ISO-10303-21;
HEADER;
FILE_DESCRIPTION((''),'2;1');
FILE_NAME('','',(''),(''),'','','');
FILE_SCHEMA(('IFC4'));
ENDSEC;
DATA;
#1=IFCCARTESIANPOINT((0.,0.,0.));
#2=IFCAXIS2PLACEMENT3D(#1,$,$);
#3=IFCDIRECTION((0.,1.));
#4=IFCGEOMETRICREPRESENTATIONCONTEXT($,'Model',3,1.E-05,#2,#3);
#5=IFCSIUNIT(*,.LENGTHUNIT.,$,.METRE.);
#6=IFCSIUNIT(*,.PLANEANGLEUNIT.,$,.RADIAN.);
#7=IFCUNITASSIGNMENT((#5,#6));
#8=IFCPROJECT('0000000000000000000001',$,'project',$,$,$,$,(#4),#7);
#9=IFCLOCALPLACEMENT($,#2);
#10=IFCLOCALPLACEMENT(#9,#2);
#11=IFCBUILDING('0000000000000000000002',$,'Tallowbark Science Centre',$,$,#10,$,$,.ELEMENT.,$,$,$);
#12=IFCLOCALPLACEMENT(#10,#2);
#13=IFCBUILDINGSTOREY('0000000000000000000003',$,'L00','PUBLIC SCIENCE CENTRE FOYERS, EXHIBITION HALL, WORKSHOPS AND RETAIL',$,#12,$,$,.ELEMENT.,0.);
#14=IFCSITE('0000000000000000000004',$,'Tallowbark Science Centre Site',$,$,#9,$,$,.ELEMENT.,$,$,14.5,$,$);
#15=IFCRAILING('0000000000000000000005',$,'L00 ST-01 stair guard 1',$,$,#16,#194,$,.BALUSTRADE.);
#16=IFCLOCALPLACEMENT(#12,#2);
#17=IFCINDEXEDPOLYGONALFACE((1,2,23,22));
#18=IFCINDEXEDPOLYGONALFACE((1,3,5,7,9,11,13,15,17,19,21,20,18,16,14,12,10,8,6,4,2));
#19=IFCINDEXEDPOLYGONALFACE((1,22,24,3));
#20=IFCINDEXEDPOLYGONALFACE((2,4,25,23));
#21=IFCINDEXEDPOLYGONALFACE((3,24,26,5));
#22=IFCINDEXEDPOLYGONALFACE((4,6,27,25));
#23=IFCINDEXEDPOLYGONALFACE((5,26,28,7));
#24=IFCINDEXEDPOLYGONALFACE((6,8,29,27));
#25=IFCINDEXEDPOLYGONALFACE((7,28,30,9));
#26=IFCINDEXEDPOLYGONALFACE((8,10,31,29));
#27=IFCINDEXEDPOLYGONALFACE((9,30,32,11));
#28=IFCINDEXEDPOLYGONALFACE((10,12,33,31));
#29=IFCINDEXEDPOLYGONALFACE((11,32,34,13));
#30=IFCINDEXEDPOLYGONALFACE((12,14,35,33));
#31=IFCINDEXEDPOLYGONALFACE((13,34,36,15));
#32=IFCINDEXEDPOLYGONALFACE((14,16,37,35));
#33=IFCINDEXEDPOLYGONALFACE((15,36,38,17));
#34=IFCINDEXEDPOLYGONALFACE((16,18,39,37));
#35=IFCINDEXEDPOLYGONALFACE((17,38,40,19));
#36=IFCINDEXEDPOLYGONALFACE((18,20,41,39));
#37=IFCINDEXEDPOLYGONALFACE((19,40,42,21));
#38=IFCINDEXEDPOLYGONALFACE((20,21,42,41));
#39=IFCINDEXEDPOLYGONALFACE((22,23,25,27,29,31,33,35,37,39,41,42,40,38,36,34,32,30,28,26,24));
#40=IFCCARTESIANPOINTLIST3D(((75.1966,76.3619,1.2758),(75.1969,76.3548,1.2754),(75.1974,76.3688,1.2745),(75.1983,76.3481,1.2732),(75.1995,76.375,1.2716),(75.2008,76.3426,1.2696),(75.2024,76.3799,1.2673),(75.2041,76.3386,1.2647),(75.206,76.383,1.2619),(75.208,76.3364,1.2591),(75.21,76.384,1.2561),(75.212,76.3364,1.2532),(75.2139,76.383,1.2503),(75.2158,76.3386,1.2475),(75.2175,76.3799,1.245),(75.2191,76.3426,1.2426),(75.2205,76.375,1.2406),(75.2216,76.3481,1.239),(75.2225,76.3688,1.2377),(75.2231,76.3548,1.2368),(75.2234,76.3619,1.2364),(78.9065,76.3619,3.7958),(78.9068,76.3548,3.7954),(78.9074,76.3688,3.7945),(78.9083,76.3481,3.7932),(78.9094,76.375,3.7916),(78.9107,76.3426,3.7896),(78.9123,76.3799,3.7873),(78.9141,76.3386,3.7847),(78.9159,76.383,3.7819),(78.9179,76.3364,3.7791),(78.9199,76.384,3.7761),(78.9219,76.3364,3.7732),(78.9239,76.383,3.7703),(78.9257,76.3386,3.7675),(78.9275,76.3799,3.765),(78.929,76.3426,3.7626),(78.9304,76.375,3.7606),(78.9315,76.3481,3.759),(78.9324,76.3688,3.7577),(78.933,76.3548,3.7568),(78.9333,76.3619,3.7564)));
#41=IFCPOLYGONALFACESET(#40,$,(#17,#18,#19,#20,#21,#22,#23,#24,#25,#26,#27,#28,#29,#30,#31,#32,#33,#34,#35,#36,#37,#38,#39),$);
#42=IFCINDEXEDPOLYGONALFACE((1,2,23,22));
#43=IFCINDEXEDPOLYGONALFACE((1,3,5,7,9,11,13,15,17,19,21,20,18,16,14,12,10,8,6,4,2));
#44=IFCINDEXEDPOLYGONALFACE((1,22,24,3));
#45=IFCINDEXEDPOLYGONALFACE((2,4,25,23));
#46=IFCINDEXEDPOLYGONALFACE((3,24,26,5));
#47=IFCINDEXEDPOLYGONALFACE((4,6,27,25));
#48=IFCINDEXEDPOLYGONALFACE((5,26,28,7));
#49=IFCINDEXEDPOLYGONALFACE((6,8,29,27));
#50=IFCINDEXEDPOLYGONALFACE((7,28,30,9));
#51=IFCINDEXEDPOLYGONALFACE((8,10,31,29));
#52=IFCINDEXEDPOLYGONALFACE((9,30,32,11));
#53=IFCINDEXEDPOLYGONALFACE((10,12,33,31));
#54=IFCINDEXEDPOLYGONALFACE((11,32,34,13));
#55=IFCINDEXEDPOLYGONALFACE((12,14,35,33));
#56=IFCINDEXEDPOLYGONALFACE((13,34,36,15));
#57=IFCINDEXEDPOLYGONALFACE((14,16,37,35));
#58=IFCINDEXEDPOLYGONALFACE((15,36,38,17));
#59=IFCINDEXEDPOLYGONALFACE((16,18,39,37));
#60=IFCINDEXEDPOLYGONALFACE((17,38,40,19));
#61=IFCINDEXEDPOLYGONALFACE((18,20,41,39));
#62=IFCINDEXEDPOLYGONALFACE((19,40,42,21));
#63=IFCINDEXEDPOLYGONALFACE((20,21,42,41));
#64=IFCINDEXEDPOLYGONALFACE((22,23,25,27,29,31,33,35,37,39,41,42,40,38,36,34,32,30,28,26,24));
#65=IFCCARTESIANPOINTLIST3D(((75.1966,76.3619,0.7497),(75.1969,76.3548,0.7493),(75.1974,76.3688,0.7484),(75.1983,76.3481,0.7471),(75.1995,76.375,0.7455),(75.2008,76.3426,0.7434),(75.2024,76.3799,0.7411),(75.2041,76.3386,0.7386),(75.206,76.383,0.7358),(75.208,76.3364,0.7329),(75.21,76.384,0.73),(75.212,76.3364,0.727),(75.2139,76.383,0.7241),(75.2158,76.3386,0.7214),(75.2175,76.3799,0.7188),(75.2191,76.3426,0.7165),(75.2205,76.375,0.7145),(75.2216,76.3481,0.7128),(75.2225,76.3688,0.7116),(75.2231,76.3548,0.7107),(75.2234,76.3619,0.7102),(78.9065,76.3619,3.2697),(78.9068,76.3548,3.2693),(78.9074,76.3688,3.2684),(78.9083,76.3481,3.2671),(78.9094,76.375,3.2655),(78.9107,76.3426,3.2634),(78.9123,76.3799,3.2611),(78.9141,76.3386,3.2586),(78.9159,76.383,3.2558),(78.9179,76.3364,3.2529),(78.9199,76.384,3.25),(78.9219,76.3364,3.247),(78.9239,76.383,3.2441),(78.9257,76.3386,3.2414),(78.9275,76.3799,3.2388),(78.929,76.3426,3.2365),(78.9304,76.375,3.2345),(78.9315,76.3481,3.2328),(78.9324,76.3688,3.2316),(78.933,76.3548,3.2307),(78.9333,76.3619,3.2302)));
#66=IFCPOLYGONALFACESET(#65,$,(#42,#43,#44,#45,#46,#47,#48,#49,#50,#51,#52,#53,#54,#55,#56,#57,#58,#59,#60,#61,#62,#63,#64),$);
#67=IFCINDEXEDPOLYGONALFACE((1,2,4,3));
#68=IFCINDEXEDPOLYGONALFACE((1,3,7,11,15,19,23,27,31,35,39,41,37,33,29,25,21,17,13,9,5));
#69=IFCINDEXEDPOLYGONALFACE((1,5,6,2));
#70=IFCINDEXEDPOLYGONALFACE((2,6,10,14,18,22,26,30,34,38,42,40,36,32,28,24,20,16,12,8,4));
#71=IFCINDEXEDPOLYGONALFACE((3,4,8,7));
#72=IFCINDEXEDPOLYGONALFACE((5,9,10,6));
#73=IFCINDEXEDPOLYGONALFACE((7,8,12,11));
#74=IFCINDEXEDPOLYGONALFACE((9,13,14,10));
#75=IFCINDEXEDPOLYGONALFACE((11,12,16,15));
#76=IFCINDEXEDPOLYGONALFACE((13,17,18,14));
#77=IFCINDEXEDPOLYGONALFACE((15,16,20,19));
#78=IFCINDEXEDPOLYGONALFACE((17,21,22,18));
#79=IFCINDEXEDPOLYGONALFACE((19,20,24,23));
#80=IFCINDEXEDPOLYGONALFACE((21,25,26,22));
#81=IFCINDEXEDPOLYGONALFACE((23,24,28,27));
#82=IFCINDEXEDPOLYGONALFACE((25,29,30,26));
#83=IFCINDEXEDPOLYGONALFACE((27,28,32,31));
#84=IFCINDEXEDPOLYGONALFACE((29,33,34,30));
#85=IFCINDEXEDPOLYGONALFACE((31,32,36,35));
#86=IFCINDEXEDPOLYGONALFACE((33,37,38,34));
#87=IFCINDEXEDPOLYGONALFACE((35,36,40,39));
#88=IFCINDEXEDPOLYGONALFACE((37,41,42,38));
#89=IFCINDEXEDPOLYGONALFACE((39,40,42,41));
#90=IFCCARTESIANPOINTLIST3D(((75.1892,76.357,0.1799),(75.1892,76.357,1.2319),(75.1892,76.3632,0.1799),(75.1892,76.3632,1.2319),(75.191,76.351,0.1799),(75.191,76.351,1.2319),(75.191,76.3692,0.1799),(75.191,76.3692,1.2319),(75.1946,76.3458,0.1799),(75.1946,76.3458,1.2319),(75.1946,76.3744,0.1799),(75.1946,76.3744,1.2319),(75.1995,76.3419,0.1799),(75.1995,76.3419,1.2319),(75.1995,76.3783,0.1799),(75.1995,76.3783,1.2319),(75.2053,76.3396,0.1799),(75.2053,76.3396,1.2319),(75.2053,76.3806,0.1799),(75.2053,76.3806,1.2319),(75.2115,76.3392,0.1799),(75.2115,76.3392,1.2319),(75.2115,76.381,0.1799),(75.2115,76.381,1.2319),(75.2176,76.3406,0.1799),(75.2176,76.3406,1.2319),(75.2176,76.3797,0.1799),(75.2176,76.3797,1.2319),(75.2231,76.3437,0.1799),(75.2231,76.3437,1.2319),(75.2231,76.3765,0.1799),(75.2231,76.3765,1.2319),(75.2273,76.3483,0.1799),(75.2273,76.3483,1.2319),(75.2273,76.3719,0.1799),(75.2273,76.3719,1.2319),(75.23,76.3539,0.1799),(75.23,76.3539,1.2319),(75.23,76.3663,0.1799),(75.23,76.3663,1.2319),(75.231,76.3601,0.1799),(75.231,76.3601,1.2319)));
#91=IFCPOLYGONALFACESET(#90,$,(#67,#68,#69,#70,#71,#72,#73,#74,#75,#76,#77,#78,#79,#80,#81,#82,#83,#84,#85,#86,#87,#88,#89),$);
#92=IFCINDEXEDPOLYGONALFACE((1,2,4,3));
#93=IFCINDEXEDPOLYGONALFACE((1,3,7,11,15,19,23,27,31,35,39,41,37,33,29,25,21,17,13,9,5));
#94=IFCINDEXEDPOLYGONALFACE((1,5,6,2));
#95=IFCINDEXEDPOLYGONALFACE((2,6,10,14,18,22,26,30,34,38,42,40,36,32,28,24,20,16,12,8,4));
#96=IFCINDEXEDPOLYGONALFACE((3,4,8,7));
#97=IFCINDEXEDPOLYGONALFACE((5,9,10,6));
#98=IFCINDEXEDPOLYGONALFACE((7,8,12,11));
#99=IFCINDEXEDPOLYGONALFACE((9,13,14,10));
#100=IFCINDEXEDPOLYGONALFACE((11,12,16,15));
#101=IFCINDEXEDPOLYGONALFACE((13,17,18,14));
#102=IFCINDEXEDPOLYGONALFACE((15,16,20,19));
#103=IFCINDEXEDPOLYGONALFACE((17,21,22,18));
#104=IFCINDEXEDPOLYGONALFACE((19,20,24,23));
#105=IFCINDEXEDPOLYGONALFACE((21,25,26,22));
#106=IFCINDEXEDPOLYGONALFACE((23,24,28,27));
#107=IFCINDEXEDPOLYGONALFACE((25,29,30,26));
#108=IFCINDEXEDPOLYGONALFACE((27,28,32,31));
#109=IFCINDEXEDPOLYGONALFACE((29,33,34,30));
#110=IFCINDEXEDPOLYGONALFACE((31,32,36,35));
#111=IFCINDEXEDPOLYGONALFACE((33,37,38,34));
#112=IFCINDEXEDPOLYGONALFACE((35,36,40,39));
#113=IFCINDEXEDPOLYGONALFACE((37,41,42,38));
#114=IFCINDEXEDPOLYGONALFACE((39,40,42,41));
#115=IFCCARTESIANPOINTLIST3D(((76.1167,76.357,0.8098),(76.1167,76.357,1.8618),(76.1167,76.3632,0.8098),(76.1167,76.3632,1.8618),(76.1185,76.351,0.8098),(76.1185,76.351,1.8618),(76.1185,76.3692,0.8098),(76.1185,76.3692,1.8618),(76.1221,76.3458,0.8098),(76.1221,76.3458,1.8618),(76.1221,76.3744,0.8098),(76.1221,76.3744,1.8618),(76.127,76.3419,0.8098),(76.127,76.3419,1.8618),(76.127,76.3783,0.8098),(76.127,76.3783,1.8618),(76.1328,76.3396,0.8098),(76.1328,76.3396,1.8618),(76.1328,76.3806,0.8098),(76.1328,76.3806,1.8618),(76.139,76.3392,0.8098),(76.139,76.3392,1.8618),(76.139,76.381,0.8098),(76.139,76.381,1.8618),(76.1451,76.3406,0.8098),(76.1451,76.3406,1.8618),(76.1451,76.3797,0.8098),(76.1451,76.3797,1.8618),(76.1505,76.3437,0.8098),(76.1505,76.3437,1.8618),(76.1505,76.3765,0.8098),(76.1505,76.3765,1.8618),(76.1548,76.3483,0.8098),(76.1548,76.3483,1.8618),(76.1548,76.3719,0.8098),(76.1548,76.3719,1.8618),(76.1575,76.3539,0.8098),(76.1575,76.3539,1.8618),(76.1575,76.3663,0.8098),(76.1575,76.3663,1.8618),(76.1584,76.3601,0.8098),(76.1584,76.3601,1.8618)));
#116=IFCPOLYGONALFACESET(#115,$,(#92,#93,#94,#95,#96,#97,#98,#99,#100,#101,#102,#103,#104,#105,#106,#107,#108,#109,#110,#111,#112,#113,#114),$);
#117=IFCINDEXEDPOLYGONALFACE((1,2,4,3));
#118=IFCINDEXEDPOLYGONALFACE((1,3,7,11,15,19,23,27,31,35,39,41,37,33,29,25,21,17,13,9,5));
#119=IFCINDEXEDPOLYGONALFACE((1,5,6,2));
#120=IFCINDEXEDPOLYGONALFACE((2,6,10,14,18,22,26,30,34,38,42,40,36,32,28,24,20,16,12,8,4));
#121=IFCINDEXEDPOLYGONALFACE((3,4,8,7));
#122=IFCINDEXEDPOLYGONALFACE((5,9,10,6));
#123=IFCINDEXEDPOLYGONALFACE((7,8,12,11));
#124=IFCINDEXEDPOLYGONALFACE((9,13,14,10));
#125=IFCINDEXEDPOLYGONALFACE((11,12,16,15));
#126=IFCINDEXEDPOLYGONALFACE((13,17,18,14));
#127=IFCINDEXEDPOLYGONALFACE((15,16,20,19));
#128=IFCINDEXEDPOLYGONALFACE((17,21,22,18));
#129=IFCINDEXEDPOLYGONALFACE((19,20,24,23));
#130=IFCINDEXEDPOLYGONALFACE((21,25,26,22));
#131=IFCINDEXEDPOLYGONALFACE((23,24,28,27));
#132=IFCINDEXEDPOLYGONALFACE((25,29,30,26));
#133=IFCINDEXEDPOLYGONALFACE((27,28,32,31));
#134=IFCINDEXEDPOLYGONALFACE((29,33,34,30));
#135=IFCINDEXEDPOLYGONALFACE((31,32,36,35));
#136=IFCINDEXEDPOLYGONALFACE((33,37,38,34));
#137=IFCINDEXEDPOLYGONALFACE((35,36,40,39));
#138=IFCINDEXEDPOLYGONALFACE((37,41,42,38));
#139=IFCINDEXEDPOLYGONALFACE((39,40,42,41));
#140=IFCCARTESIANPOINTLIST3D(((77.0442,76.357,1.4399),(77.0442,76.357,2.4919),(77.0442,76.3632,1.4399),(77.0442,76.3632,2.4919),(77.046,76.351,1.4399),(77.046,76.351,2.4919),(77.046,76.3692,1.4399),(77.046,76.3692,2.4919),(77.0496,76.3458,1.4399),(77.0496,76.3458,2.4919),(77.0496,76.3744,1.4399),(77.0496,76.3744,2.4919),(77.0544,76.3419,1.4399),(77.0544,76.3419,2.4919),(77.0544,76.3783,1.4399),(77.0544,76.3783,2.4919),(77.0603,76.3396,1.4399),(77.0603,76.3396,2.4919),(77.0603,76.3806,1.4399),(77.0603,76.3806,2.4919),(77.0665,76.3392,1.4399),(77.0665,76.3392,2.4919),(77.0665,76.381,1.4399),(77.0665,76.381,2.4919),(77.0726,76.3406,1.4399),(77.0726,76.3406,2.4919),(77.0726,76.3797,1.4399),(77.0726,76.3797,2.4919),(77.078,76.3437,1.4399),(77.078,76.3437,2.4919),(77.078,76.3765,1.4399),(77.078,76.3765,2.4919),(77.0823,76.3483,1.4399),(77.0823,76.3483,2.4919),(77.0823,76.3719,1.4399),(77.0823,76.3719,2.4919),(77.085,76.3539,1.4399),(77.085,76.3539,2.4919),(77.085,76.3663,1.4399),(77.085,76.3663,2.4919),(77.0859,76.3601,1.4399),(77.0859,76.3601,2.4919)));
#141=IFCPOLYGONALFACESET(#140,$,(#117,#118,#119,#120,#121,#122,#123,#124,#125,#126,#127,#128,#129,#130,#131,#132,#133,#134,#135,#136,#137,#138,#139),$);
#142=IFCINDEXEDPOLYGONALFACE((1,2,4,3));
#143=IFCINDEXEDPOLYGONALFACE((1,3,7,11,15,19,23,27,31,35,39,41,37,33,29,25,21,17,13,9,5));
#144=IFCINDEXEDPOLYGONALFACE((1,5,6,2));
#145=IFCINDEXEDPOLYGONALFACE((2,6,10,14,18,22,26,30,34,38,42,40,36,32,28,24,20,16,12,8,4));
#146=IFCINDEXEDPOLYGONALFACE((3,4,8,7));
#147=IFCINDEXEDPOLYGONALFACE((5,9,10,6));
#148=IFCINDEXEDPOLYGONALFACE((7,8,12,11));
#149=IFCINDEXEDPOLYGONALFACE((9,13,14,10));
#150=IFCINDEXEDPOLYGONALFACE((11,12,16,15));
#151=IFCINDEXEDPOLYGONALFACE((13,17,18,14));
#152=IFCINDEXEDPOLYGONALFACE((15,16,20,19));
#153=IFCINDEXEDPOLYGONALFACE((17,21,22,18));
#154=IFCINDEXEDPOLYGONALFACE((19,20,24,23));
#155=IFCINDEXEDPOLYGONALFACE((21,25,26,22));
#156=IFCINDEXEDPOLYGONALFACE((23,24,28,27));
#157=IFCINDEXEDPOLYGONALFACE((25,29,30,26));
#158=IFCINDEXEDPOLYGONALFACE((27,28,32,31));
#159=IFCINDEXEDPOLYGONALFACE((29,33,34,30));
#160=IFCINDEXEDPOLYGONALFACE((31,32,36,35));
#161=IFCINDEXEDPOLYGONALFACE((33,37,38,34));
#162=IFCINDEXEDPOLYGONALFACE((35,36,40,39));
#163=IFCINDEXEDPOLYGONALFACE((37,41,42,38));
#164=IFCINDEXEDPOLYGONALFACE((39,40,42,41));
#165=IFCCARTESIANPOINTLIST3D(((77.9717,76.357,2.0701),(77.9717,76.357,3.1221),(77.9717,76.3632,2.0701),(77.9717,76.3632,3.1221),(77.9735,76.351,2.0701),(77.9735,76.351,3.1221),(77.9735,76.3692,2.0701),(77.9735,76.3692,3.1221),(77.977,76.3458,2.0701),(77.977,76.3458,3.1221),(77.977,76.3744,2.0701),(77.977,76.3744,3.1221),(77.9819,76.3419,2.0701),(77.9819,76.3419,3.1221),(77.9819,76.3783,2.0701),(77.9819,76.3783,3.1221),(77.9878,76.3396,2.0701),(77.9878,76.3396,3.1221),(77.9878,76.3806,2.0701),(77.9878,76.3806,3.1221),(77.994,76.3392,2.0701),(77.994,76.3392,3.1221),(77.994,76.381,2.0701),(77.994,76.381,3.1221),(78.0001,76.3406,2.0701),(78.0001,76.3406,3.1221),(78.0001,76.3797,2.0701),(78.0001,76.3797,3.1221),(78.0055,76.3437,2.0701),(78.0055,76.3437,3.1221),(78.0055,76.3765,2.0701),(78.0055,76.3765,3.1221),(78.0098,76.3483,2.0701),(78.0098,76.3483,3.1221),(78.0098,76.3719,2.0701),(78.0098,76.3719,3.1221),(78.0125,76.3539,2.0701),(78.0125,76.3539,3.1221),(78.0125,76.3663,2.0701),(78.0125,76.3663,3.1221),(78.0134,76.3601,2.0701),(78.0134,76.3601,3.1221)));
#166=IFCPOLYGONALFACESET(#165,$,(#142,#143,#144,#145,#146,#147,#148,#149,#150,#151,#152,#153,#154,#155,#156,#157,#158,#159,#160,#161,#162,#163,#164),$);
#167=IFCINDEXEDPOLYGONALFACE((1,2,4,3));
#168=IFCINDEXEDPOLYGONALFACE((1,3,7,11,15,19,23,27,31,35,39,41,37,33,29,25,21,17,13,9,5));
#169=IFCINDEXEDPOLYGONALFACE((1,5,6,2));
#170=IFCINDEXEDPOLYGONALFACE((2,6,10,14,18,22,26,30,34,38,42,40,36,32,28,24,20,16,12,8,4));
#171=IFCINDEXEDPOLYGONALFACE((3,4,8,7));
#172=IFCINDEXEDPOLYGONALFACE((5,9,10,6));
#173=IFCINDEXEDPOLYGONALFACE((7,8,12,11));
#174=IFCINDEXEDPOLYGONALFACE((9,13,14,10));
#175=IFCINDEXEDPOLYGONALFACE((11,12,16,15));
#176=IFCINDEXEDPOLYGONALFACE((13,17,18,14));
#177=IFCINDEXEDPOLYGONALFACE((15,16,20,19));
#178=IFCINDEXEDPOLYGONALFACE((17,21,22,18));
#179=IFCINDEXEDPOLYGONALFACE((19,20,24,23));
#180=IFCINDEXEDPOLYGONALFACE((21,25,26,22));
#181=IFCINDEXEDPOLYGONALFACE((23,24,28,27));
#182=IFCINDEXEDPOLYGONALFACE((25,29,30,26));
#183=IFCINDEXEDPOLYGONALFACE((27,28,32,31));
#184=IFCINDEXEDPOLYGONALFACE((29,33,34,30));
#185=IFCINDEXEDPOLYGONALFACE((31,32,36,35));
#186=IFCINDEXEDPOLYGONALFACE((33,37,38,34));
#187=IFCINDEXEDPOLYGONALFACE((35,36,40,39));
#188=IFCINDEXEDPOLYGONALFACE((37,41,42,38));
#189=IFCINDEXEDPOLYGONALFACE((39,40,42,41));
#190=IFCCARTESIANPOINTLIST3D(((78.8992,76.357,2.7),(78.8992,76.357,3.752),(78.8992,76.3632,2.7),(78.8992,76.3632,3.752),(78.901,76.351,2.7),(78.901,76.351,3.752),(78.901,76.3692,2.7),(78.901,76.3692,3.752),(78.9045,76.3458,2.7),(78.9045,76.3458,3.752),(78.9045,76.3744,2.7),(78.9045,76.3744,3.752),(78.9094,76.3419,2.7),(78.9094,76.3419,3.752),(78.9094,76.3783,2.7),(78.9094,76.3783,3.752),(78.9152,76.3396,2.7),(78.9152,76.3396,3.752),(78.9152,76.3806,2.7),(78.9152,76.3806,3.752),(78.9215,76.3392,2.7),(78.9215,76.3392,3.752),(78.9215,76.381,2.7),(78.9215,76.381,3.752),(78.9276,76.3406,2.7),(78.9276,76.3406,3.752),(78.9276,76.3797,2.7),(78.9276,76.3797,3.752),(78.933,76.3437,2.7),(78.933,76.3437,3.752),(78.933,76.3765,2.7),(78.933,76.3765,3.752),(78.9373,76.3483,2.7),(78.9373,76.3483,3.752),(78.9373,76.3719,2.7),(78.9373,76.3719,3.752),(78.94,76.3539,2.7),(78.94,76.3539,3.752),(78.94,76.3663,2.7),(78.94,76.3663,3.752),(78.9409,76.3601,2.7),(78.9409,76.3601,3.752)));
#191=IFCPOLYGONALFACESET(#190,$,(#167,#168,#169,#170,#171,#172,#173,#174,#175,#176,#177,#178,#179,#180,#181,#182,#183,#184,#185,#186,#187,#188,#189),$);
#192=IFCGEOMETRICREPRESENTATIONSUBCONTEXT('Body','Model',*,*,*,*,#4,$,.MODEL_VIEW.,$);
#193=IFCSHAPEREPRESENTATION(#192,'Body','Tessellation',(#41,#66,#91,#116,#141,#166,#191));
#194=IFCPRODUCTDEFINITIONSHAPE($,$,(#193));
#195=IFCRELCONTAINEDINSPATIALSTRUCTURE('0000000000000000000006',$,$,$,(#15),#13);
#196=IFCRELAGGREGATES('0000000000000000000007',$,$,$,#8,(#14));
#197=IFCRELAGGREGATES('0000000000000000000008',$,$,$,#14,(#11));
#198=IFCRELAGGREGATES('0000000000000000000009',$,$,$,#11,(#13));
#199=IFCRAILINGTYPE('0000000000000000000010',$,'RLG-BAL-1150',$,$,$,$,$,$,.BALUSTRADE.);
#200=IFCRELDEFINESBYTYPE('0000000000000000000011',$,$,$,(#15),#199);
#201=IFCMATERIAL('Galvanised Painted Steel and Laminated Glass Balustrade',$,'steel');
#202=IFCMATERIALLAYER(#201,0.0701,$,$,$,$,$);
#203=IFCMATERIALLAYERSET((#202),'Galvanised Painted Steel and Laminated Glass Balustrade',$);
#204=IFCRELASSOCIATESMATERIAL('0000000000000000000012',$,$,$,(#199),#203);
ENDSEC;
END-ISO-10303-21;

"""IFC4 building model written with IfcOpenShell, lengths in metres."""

from ifc_helpers import new_model, si_unit, direction, frame, origin, origin_2d, place, context, subcontext, project, spatial, circle, extrude, material, layer, layer_set, type_object, element, save


model = new_model("IFC4")

# Units and contexts
model_context = context("Model", 3, precision=1e-05, world=origin(), true_north=direction((0.0, 1.0)))
body_context = subcontext(model_context, "Body", "Model", "MODEL_VIEW")
ifc_project = project(units=[si_unit("LENGTHUNIT", "METRE"), si_unit("PLANEANGLEUNIT", "RADIAN")], contexts=[model_context])

# Site, building, storey
site_placement = place(None, origin())
site = spatial("IfcSite", under=ifc_project, at=site_placement, Name="Tallowbark Science Centre Site", CompositionType="ELEMENT", RefElevation=14.5)
building_placement = place(site_placement, origin())
building = spatial("IfcBuilding", under=site, at=building_placement, Name="Tallowbark Science Centre", CompositionType="ELEMENT")
storey_placement = place(building_placement, origin())
storey = spatial("IfcBuildingStorey", under=building, at=storey_placement, Name="L00", Description="PUBLIC SCIENCE CENTRE FOYERS, EXHIBITION HALL, WORKSHOPS AND RETAIL", CompositionType="ELEMENT", Elevation=0.0)

# Railing
ifc_material_1 = material(Name="Galvanised Painted Steel and Laminated Glass Balustrade", Category="steel")
ifc_layer_1 = layer(ifc_material_1, 0.0701)
ifc_layer_set_1 = layer_set([ifc_layer_1], Name="Galvanised Painted Steel and Laminated Glass Balustrade")
railing_type_1 = type_object("IfcRailingType", Name="RLG-BAL-1150", PredefinedType="BALUSTRADE", material=ifc_layer_set_1)
railing_1_placement = place(storey_placement, frame((75.21, 76.3601, 0.1799)))
element("IfcRailing", 1, at=railing_1_placement, inside=storey, type_object=railing_type_1, Name="L00 ST-01 stair guard 1", PredefinedType="BALUSTRADE", context=body_context, shape_type="SweptSolid", body=[
    extrude(circle(Radius=0.0239, at=origin_2d()), frame((0.0, 0.0, 1.0762), z_axis=(0.827212, 0.0, 0.56189), x_axis=(0.0, 1.0, 0.0)), (0.0, 0.0, 1.0), 4.4849),
    extrude(circle(Radius=0.0239, at=origin_2d()), frame((0.0, 0.0, 0.55), z_axis=(0.827212, 0.0, 0.56189), x_axis=(0.0, 1.0, 0.0)), (0.0, 0.0, 1.0), 4.4849),
    extrude(circle(Radius=0.021, at=origin_2d()), origin(), (0.0, 0.0, 1.0), 1.052),
    extrude(circle(Radius=0.021, at=origin_2d()), frame((0.9275, 0.0, 0.6299)), (0.0, 0.0, 1.0), 1.052),
    extrude(circle(Radius=0.021, at=origin_2d()), frame((1.855, 0.0, 1.26)), (0.0, 0.0, 1.0), 1.052),
    extrude(circle(Radius=0.021, at=origin_2d()), frame((2.7825, 0.0, 1.8901)), (0.0, 0.0, 1.0), 1.052),
    extrude(circle(Radius=0.021, at=origin_2d()), frame((3.71, 0.0, 2.52)), (0.0, 0.0, 1.0), 1.052),
])

save(model, "model.ifc")
